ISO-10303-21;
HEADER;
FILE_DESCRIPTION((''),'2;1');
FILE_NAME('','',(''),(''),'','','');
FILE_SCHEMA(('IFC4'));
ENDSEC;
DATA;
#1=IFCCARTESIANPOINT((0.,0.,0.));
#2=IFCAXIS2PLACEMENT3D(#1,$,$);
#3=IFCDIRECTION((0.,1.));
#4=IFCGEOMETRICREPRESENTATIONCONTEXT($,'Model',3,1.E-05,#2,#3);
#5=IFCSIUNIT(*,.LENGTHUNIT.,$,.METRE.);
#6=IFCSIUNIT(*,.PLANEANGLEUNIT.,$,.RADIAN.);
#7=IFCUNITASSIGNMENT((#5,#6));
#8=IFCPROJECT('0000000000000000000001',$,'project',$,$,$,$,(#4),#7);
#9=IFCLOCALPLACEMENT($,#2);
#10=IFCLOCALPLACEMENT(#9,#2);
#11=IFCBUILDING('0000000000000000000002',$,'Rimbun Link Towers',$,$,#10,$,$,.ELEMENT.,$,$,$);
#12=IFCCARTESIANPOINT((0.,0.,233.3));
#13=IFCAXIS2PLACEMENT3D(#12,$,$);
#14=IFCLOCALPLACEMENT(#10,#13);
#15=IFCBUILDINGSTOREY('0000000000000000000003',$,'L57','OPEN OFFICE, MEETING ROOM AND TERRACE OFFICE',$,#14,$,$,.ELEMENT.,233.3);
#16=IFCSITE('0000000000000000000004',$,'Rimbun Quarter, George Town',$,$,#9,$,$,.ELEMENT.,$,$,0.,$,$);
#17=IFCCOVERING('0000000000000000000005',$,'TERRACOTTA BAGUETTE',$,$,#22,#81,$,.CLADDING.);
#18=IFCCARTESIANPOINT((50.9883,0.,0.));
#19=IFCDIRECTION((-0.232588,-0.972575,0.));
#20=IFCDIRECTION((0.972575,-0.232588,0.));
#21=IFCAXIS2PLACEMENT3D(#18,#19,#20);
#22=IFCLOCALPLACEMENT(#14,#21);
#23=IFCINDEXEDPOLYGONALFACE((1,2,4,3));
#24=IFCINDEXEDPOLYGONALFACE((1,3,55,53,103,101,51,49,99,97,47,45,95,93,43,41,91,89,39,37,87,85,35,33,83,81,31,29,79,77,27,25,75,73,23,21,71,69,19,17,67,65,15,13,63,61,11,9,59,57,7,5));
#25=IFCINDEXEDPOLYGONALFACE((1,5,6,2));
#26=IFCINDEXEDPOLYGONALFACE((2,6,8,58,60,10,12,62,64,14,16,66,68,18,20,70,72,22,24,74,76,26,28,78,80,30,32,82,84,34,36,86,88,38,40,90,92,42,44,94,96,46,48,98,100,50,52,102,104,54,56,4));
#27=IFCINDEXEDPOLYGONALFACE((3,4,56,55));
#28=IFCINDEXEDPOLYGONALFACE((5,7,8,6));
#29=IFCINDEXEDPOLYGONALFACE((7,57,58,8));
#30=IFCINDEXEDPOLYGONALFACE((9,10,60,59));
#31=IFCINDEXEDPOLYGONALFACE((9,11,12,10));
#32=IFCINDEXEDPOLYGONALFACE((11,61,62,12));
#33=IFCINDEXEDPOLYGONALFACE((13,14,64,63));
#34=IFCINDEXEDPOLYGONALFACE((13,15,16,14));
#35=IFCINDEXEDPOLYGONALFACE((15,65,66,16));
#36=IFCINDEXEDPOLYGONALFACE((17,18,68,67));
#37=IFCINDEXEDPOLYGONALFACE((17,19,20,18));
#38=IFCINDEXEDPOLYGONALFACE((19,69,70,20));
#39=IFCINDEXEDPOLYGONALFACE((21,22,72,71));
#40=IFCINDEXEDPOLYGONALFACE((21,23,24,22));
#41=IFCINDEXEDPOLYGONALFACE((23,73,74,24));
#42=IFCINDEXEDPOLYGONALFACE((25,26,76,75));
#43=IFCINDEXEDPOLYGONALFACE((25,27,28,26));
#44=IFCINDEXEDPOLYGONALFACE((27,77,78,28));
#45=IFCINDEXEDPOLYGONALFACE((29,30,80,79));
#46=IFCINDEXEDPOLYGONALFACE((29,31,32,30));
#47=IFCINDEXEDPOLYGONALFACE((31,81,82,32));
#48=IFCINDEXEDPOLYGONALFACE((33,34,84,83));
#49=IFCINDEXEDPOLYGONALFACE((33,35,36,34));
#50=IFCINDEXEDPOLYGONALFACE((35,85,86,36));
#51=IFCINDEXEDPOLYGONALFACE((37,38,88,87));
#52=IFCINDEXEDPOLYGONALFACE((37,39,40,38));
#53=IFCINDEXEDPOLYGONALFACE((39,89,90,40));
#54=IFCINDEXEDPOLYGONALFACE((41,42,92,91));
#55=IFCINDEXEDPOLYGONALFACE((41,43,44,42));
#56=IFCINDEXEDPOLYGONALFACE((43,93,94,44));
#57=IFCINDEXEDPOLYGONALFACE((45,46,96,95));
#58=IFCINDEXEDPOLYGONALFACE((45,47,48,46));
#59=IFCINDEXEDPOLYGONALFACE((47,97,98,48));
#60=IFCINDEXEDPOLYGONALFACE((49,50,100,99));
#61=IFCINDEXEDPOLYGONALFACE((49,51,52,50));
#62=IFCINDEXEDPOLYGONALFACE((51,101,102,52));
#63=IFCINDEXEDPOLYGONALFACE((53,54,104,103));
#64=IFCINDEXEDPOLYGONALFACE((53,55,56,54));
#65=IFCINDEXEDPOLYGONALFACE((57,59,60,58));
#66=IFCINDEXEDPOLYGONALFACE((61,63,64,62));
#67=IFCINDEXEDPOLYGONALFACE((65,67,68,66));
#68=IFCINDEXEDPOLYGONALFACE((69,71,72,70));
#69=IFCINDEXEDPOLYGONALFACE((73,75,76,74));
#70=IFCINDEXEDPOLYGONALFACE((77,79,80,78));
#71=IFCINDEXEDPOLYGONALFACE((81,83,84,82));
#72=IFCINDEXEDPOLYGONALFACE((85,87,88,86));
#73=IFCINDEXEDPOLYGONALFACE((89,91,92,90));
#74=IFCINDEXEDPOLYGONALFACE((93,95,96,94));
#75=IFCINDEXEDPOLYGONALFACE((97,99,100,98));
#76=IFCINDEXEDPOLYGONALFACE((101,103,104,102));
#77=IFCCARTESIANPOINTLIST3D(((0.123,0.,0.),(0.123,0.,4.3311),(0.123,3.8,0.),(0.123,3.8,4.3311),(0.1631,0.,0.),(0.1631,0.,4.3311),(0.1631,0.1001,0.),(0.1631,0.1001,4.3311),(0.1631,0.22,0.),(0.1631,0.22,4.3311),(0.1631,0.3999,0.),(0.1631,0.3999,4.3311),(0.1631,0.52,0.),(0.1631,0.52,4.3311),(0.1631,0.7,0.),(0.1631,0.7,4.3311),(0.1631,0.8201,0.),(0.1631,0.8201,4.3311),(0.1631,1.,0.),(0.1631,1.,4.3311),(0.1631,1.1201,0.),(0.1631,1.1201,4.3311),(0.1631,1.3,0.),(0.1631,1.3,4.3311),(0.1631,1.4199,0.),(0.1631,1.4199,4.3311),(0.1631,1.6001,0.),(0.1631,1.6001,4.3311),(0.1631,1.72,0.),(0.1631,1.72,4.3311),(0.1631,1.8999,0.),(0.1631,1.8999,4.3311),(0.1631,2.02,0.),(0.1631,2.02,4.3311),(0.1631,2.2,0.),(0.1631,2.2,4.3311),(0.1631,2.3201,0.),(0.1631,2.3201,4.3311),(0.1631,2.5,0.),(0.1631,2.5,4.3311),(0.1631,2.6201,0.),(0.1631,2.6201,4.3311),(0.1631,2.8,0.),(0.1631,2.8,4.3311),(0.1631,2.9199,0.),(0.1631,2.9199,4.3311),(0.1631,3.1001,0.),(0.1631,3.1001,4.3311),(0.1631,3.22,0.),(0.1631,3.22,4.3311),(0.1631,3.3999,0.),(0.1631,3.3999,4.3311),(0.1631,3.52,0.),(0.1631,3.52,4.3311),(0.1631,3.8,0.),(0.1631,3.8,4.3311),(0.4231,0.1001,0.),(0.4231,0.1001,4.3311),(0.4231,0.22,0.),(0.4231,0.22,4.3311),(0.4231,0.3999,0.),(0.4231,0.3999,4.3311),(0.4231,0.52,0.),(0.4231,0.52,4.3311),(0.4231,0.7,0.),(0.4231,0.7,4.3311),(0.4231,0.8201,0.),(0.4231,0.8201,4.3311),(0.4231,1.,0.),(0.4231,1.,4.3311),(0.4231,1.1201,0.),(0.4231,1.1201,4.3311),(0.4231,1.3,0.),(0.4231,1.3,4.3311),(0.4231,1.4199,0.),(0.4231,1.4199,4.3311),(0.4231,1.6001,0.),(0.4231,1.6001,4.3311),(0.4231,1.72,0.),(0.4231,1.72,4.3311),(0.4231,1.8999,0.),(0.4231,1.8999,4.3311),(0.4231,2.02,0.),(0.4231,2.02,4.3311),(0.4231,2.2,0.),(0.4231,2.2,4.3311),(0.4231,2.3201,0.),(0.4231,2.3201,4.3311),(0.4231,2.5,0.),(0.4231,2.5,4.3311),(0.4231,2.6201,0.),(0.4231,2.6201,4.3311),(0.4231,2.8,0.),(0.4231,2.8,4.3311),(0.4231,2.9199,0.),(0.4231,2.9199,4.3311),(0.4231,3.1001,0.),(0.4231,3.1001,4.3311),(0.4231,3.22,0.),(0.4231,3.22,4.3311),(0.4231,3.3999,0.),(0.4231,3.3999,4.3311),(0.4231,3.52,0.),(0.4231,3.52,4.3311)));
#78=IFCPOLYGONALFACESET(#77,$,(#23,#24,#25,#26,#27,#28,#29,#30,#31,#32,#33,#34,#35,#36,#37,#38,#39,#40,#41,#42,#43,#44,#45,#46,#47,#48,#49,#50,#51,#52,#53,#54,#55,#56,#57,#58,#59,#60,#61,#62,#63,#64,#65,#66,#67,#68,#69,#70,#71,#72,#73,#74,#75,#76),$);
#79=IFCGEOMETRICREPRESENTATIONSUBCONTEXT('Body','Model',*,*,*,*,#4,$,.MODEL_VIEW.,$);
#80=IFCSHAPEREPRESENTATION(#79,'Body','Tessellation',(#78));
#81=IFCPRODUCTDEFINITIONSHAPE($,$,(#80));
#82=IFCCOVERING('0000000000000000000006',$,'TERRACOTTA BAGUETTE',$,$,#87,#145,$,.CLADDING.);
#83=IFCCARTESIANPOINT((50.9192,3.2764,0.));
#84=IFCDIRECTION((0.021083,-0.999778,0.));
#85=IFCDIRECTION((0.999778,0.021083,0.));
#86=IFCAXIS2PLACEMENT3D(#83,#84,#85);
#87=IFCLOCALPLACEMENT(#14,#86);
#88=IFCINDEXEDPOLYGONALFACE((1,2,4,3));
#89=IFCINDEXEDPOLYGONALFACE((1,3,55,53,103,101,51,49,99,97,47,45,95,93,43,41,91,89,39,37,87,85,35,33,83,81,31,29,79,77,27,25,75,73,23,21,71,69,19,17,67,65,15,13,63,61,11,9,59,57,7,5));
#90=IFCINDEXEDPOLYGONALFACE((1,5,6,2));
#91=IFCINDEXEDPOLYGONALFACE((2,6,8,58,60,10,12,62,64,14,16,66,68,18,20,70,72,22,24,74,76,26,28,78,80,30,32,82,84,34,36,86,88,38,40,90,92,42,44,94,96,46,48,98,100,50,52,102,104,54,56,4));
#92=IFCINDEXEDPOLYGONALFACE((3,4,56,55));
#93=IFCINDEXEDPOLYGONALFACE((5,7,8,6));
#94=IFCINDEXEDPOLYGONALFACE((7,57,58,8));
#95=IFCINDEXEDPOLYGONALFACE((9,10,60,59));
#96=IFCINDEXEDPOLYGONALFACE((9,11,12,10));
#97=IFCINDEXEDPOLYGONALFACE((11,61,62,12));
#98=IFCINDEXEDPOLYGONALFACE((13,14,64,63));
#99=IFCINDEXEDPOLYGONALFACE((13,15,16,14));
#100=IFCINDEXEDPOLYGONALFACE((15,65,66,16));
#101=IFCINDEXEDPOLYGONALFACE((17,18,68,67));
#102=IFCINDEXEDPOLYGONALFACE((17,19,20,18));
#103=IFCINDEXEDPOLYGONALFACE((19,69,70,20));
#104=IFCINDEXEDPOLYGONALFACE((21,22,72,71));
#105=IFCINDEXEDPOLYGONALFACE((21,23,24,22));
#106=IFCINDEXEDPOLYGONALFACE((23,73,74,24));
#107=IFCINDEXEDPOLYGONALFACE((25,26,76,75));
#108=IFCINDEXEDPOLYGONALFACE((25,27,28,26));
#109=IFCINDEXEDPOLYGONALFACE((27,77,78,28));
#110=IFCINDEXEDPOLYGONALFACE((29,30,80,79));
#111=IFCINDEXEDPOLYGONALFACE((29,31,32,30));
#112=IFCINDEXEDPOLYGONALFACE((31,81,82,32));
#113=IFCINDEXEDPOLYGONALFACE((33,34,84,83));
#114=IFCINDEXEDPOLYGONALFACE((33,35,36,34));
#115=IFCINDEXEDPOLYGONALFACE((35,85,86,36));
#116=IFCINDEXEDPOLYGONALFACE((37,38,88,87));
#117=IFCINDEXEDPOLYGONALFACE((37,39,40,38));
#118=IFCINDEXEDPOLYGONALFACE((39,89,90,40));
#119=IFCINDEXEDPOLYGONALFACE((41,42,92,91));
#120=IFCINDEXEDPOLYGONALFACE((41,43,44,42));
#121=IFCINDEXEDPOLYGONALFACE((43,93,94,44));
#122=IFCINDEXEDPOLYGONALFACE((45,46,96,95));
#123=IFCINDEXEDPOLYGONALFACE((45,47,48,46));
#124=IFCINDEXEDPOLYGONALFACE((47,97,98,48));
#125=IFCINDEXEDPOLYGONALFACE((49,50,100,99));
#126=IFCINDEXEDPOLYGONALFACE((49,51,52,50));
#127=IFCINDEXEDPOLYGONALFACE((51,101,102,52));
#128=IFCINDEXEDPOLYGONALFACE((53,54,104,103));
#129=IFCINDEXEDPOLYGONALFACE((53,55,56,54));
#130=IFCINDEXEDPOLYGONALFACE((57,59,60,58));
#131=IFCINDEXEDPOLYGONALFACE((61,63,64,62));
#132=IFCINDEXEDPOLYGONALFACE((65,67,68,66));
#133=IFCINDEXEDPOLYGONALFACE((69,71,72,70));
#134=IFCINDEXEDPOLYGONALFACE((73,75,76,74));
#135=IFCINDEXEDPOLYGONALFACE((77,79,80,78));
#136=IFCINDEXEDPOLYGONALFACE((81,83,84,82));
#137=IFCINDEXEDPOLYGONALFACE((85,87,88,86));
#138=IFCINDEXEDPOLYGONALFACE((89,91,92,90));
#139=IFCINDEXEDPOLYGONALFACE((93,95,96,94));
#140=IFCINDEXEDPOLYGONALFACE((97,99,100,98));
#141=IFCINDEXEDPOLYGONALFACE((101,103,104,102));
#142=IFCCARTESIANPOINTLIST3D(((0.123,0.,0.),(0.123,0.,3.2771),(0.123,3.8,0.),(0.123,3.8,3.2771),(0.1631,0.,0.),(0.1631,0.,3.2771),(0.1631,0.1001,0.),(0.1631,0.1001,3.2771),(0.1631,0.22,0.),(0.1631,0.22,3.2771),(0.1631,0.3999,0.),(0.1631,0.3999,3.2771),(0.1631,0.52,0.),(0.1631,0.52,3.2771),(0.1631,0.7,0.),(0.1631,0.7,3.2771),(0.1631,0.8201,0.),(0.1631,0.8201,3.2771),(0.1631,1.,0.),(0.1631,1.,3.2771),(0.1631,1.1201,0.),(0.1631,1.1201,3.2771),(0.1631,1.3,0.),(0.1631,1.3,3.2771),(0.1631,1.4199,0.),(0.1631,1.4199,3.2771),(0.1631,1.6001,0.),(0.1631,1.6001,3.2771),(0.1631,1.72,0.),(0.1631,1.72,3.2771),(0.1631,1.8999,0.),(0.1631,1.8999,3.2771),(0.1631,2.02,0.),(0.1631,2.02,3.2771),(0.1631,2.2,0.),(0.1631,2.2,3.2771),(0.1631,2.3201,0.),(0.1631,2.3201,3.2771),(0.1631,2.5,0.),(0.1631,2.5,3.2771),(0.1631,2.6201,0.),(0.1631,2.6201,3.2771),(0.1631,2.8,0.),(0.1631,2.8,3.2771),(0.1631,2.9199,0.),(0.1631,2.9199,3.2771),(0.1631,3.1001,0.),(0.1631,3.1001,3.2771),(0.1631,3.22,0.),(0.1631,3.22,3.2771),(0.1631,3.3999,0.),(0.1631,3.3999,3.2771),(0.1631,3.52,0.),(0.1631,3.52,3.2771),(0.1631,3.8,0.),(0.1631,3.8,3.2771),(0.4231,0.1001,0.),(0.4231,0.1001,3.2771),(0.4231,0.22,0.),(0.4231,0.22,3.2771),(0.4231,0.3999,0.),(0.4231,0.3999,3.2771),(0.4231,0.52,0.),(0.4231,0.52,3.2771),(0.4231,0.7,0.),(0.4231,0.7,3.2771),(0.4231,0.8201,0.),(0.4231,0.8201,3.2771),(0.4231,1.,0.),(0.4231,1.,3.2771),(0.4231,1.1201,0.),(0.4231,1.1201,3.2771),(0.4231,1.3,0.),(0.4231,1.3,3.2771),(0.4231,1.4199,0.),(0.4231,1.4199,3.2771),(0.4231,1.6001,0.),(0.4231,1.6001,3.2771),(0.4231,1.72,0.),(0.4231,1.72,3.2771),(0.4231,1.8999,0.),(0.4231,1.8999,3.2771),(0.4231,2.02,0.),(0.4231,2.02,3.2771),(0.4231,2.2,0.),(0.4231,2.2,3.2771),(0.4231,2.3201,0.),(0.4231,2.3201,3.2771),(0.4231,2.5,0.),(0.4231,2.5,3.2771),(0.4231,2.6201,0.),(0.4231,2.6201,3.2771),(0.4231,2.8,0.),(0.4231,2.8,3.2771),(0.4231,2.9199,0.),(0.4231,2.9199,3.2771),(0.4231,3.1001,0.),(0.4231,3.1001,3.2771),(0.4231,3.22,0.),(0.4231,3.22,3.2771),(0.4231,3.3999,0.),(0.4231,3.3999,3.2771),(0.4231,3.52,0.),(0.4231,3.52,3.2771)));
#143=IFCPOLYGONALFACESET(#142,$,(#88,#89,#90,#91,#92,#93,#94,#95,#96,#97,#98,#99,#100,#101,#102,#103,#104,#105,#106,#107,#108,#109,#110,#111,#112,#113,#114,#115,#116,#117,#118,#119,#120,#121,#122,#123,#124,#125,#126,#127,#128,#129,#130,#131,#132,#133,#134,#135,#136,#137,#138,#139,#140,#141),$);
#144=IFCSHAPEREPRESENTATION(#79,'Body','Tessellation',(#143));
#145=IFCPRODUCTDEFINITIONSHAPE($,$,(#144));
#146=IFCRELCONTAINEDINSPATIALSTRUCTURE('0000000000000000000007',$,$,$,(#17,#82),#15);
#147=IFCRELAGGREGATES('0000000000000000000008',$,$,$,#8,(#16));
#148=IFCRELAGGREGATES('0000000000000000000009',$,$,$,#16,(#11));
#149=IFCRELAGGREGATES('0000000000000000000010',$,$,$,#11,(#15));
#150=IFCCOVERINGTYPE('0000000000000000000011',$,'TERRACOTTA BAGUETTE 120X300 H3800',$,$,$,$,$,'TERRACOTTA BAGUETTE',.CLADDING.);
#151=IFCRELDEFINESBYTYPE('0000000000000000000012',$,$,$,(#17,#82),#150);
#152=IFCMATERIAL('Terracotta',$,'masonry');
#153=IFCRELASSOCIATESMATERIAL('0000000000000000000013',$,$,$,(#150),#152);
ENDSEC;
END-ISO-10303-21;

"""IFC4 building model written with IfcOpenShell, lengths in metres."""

from ifc_helpers import new_model, si_unit, direction, frame, origin, place, context, subcontext, project, spatial, polyline, outline, extrude, material, material_profile, profile_set, type_object, element, save


model = new_model("IFC4")

# Units and contexts
model_context = context("Model", 3, precision=1e-05, world=origin(), true_north=direction((0.0, 1.0)))
body_context = subcontext(model_context, "Body", "Model", "MODEL_VIEW")
ifc_project = project(units=[si_unit("LENGTHUNIT", "METRE"), si_unit("PLANEANGLEUNIT", "RADIAN")], contexts=[model_context])

# Site, building, storey
site_placement = place(None, origin())
site = spatial("IfcSite", under=ifc_project, at=site_placement, Name="Rimbun Quarter, George Town", CompositionType="ELEMENT", RefElevation=0.0)
building_placement = place(site_placement, origin())
building = spatial("IfcBuilding", under=site, at=building_placement, Name="Rimbun Link Towers", CompositionType="ELEMENT")
storey_placement = place(building_placement, frame((0.0, 0.0, 233.3)))
storey = spatial("IfcBuildingStorey", under=building, at=storey_placement, Name="L57", Description="OPEN OFFICE, MEETING ROOM AND TERRACE OFFICE", CompositionType="ELEMENT", Elevation=233.3)

# Coverings
ifc_material_1 = material(Name="Terracotta", Category="masonry")
ifc_material_profile_1 = material_profile(ifc_material_1, outline(polyline([(0.123, 0.0), (0.1631, 0.0), (0.1631, 0.1001), (0.4231, 0.1001), (0.4231, 0.22), (0.1631, 0.22), (0.1631, 0.3999), (0.4231, 0.3999), (0.4231, 0.52), (0.1631, 0.52), (0.1631, 0.7), (0.4231, 0.7), (0.4231, 0.8201), (0.1631, 0.8201), (0.1631, 1.0), (0.4231, 1.0), (0.4231, 1.1201), (0.1631, 1.1201), (0.1631, 1.3), (0.4231, 1.3), (0.4231, 1.4199), (0.1631, 1.4199), (0.1631, 1.6001), (0.4231, 1.6001), (0.4231, 1.72), (0.1631, 1.72), (0.1631, 1.8999), (0.4231, 1.8999), (0.4231, 2.02), (0.1631, 2.02), (0.1631, 2.2), (0.4231, 2.2), (0.4231, 2.3201), (0.1631, 2.3201), (0.1631, 2.5), (0.4231, 2.5), (0.4231, 2.6201), (0.1631, 2.6201), (0.1631, 2.8), (0.4231, 2.8), (0.4231, 2.9199), (0.1631, 2.9199), (0.1631, 3.1001), (0.4231, 3.1001), (0.4231, 3.22), (0.1631, 3.22), (0.1631, 3.3999), (0.4231, 3.3999), (0.4231, 3.52), (0.1631, 3.52), (0.1631, 3.8), (0.123, 3.8), (0.123, 0.0)])), Name="BAGUETTE 120X300")
ifc_profile_set_1 = profile_set([ifc_material_profile_1], Name="Terracotta")
covering_type = type_object("IfcCoveringType", Name="TERRACOTTA BAGUETTE 120X300 H3800", ElementType="TERRACOTTA BAGUETTE", PredefinedType="CLADDING", material=ifc_profile_set_1)
covering_1_placement = place(storey_placement, frame((50.9883, 0.0, 0.0), z_axis=(-0.232588, -0.972575, 0.0), x_axis=(0.972575, -0.232588, 0.0)))
element("IfcCovering", 1, at=covering_1_placement, inside=storey, type_object=covering_type, Name="TERRACOTTA BAGUETTE", PredefinedType="CLADDING", context=body_context, shape_type="SweptSolid", body=[
    extrude(outline(polyline([(0.123, 0.0), (0.1631, 0.0), (0.1631, 0.1001), (0.4231, 0.1001), (0.4231, 0.22), (0.1631, 0.22), (0.1631, 0.3999), (0.4231, 0.3999), (0.4231, 0.52), (0.1631, 0.52), (0.1631, 0.7), (0.4231, 0.7), (0.4231, 0.8201), (0.1631, 0.8201), (0.1631, 1.0), (0.4231, 1.0), (0.4231, 1.1201), (0.1631, 1.1201), (0.1631, 1.3), (0.4231, 1.3), (0.4231, 1.4199), (0.1631, 1.4199), (0.1631, 1.6001), (0.4231, 1.6001), (0.4231, 1.72), (0.1631, 1.72), (0.1631, 1.8999), (0.4231, 1.8999), (0.4231, 2.02), (0.1631, 2.02), (0.1631, 2.2), (0.4231, 2.2), (0.4231, 2.3201), (0.1631, 2.3201), (0.1631, 2.5), (0.4231, 2.5), (0.4231, 2.6201), (0.1631, 2.6201), (0.1631, 2.8), (0.4231, 2.8), (0.4231, 2.9199), (0.1631, 2.9199), (0.1631, 3.1001), (0.4231, 3.1001), (0.4231, 3.22), (0.1631, 3.22), (0.1631, 3.3999), (0.4231, 3.3999), (0.4231, 3.52), (0.1631, 3.52), (0.1631, 3.8), (0.123, 3.8), (0.123, 0.0)])), origin(), (0.0, 0.0, 1.0), 4.3311),
])
covering_2_placement = place(storey_placement, frame((50.9192, 3.2764, 0.0), z_axis=(0.021083, -0.999778, 0.0), x_axis=(0.999778, 0.021083, 0.0)))
element("IfcCovering", 2, at=covering_2_placement, inside=storey, type_object=covering_type, Name="TERRACOTTA BAGUETTE", PredefinedType="CLADDING", context=body_context, shape_type="SweptSolid", body=[
    extrude(outline(polyline([(0.123, 0.0), (0.1631, 0.0), (0.1631, 0.1001), (0.4231, 0.1001), (0.4231, 0.22), (0.1631, 0.22), (0.1631, 0.3999), (0.4231, 0.3999), (0.4231, 0.52), (0.1631, 0.52), (0.1631, 0.7), (0.4231, 0.7), (0.4231, 0.8201), (0.1631, 0.8201), (0.1631, 1.0), (0.4231, 1.0), (0.4231, 1.1201), (0.1631, 1.1201), (0.1631, 1.3), (0.4231, 1.3), (0.4231, 1.4199), (0.1631, 1.4199), (0.1631, 1.6001), (0.4231, 1.6001), (0.4231, 1.72), (0.1631, 1.72), (0.1631, 1.8999), (0.4231, 1.8999), (0.4231, 2.02), (0.1631, 2.02), (0.1631, 2.2), (0.4231, 2.2), (0.4231, 2.3201), (0.1631, 2.3201), (0.1631, 2.5), (0.4231, 2.5), (0.4231, 2.6201), (0.1631, 2.6201), (0.1631, 2.8), (0.4231, 2.8), (0.4231, 2.9199), (0.1631, 2.9199), (0.1631, 3.1001), (0.4231, 3.1001), (0.4231, 3.22), (0.1631, 3.22), (0.1631, 3.3999), (0.4231, 3.3999), (0.4231, 3.52), (0.1631, 3.52), (0.1631, 3.8), (0.123, 3.8), (0.123, 0.0)])), origin(), (0.0, 0.0, 1.0), 3.2771),
])

save(model, "model.ifc")
